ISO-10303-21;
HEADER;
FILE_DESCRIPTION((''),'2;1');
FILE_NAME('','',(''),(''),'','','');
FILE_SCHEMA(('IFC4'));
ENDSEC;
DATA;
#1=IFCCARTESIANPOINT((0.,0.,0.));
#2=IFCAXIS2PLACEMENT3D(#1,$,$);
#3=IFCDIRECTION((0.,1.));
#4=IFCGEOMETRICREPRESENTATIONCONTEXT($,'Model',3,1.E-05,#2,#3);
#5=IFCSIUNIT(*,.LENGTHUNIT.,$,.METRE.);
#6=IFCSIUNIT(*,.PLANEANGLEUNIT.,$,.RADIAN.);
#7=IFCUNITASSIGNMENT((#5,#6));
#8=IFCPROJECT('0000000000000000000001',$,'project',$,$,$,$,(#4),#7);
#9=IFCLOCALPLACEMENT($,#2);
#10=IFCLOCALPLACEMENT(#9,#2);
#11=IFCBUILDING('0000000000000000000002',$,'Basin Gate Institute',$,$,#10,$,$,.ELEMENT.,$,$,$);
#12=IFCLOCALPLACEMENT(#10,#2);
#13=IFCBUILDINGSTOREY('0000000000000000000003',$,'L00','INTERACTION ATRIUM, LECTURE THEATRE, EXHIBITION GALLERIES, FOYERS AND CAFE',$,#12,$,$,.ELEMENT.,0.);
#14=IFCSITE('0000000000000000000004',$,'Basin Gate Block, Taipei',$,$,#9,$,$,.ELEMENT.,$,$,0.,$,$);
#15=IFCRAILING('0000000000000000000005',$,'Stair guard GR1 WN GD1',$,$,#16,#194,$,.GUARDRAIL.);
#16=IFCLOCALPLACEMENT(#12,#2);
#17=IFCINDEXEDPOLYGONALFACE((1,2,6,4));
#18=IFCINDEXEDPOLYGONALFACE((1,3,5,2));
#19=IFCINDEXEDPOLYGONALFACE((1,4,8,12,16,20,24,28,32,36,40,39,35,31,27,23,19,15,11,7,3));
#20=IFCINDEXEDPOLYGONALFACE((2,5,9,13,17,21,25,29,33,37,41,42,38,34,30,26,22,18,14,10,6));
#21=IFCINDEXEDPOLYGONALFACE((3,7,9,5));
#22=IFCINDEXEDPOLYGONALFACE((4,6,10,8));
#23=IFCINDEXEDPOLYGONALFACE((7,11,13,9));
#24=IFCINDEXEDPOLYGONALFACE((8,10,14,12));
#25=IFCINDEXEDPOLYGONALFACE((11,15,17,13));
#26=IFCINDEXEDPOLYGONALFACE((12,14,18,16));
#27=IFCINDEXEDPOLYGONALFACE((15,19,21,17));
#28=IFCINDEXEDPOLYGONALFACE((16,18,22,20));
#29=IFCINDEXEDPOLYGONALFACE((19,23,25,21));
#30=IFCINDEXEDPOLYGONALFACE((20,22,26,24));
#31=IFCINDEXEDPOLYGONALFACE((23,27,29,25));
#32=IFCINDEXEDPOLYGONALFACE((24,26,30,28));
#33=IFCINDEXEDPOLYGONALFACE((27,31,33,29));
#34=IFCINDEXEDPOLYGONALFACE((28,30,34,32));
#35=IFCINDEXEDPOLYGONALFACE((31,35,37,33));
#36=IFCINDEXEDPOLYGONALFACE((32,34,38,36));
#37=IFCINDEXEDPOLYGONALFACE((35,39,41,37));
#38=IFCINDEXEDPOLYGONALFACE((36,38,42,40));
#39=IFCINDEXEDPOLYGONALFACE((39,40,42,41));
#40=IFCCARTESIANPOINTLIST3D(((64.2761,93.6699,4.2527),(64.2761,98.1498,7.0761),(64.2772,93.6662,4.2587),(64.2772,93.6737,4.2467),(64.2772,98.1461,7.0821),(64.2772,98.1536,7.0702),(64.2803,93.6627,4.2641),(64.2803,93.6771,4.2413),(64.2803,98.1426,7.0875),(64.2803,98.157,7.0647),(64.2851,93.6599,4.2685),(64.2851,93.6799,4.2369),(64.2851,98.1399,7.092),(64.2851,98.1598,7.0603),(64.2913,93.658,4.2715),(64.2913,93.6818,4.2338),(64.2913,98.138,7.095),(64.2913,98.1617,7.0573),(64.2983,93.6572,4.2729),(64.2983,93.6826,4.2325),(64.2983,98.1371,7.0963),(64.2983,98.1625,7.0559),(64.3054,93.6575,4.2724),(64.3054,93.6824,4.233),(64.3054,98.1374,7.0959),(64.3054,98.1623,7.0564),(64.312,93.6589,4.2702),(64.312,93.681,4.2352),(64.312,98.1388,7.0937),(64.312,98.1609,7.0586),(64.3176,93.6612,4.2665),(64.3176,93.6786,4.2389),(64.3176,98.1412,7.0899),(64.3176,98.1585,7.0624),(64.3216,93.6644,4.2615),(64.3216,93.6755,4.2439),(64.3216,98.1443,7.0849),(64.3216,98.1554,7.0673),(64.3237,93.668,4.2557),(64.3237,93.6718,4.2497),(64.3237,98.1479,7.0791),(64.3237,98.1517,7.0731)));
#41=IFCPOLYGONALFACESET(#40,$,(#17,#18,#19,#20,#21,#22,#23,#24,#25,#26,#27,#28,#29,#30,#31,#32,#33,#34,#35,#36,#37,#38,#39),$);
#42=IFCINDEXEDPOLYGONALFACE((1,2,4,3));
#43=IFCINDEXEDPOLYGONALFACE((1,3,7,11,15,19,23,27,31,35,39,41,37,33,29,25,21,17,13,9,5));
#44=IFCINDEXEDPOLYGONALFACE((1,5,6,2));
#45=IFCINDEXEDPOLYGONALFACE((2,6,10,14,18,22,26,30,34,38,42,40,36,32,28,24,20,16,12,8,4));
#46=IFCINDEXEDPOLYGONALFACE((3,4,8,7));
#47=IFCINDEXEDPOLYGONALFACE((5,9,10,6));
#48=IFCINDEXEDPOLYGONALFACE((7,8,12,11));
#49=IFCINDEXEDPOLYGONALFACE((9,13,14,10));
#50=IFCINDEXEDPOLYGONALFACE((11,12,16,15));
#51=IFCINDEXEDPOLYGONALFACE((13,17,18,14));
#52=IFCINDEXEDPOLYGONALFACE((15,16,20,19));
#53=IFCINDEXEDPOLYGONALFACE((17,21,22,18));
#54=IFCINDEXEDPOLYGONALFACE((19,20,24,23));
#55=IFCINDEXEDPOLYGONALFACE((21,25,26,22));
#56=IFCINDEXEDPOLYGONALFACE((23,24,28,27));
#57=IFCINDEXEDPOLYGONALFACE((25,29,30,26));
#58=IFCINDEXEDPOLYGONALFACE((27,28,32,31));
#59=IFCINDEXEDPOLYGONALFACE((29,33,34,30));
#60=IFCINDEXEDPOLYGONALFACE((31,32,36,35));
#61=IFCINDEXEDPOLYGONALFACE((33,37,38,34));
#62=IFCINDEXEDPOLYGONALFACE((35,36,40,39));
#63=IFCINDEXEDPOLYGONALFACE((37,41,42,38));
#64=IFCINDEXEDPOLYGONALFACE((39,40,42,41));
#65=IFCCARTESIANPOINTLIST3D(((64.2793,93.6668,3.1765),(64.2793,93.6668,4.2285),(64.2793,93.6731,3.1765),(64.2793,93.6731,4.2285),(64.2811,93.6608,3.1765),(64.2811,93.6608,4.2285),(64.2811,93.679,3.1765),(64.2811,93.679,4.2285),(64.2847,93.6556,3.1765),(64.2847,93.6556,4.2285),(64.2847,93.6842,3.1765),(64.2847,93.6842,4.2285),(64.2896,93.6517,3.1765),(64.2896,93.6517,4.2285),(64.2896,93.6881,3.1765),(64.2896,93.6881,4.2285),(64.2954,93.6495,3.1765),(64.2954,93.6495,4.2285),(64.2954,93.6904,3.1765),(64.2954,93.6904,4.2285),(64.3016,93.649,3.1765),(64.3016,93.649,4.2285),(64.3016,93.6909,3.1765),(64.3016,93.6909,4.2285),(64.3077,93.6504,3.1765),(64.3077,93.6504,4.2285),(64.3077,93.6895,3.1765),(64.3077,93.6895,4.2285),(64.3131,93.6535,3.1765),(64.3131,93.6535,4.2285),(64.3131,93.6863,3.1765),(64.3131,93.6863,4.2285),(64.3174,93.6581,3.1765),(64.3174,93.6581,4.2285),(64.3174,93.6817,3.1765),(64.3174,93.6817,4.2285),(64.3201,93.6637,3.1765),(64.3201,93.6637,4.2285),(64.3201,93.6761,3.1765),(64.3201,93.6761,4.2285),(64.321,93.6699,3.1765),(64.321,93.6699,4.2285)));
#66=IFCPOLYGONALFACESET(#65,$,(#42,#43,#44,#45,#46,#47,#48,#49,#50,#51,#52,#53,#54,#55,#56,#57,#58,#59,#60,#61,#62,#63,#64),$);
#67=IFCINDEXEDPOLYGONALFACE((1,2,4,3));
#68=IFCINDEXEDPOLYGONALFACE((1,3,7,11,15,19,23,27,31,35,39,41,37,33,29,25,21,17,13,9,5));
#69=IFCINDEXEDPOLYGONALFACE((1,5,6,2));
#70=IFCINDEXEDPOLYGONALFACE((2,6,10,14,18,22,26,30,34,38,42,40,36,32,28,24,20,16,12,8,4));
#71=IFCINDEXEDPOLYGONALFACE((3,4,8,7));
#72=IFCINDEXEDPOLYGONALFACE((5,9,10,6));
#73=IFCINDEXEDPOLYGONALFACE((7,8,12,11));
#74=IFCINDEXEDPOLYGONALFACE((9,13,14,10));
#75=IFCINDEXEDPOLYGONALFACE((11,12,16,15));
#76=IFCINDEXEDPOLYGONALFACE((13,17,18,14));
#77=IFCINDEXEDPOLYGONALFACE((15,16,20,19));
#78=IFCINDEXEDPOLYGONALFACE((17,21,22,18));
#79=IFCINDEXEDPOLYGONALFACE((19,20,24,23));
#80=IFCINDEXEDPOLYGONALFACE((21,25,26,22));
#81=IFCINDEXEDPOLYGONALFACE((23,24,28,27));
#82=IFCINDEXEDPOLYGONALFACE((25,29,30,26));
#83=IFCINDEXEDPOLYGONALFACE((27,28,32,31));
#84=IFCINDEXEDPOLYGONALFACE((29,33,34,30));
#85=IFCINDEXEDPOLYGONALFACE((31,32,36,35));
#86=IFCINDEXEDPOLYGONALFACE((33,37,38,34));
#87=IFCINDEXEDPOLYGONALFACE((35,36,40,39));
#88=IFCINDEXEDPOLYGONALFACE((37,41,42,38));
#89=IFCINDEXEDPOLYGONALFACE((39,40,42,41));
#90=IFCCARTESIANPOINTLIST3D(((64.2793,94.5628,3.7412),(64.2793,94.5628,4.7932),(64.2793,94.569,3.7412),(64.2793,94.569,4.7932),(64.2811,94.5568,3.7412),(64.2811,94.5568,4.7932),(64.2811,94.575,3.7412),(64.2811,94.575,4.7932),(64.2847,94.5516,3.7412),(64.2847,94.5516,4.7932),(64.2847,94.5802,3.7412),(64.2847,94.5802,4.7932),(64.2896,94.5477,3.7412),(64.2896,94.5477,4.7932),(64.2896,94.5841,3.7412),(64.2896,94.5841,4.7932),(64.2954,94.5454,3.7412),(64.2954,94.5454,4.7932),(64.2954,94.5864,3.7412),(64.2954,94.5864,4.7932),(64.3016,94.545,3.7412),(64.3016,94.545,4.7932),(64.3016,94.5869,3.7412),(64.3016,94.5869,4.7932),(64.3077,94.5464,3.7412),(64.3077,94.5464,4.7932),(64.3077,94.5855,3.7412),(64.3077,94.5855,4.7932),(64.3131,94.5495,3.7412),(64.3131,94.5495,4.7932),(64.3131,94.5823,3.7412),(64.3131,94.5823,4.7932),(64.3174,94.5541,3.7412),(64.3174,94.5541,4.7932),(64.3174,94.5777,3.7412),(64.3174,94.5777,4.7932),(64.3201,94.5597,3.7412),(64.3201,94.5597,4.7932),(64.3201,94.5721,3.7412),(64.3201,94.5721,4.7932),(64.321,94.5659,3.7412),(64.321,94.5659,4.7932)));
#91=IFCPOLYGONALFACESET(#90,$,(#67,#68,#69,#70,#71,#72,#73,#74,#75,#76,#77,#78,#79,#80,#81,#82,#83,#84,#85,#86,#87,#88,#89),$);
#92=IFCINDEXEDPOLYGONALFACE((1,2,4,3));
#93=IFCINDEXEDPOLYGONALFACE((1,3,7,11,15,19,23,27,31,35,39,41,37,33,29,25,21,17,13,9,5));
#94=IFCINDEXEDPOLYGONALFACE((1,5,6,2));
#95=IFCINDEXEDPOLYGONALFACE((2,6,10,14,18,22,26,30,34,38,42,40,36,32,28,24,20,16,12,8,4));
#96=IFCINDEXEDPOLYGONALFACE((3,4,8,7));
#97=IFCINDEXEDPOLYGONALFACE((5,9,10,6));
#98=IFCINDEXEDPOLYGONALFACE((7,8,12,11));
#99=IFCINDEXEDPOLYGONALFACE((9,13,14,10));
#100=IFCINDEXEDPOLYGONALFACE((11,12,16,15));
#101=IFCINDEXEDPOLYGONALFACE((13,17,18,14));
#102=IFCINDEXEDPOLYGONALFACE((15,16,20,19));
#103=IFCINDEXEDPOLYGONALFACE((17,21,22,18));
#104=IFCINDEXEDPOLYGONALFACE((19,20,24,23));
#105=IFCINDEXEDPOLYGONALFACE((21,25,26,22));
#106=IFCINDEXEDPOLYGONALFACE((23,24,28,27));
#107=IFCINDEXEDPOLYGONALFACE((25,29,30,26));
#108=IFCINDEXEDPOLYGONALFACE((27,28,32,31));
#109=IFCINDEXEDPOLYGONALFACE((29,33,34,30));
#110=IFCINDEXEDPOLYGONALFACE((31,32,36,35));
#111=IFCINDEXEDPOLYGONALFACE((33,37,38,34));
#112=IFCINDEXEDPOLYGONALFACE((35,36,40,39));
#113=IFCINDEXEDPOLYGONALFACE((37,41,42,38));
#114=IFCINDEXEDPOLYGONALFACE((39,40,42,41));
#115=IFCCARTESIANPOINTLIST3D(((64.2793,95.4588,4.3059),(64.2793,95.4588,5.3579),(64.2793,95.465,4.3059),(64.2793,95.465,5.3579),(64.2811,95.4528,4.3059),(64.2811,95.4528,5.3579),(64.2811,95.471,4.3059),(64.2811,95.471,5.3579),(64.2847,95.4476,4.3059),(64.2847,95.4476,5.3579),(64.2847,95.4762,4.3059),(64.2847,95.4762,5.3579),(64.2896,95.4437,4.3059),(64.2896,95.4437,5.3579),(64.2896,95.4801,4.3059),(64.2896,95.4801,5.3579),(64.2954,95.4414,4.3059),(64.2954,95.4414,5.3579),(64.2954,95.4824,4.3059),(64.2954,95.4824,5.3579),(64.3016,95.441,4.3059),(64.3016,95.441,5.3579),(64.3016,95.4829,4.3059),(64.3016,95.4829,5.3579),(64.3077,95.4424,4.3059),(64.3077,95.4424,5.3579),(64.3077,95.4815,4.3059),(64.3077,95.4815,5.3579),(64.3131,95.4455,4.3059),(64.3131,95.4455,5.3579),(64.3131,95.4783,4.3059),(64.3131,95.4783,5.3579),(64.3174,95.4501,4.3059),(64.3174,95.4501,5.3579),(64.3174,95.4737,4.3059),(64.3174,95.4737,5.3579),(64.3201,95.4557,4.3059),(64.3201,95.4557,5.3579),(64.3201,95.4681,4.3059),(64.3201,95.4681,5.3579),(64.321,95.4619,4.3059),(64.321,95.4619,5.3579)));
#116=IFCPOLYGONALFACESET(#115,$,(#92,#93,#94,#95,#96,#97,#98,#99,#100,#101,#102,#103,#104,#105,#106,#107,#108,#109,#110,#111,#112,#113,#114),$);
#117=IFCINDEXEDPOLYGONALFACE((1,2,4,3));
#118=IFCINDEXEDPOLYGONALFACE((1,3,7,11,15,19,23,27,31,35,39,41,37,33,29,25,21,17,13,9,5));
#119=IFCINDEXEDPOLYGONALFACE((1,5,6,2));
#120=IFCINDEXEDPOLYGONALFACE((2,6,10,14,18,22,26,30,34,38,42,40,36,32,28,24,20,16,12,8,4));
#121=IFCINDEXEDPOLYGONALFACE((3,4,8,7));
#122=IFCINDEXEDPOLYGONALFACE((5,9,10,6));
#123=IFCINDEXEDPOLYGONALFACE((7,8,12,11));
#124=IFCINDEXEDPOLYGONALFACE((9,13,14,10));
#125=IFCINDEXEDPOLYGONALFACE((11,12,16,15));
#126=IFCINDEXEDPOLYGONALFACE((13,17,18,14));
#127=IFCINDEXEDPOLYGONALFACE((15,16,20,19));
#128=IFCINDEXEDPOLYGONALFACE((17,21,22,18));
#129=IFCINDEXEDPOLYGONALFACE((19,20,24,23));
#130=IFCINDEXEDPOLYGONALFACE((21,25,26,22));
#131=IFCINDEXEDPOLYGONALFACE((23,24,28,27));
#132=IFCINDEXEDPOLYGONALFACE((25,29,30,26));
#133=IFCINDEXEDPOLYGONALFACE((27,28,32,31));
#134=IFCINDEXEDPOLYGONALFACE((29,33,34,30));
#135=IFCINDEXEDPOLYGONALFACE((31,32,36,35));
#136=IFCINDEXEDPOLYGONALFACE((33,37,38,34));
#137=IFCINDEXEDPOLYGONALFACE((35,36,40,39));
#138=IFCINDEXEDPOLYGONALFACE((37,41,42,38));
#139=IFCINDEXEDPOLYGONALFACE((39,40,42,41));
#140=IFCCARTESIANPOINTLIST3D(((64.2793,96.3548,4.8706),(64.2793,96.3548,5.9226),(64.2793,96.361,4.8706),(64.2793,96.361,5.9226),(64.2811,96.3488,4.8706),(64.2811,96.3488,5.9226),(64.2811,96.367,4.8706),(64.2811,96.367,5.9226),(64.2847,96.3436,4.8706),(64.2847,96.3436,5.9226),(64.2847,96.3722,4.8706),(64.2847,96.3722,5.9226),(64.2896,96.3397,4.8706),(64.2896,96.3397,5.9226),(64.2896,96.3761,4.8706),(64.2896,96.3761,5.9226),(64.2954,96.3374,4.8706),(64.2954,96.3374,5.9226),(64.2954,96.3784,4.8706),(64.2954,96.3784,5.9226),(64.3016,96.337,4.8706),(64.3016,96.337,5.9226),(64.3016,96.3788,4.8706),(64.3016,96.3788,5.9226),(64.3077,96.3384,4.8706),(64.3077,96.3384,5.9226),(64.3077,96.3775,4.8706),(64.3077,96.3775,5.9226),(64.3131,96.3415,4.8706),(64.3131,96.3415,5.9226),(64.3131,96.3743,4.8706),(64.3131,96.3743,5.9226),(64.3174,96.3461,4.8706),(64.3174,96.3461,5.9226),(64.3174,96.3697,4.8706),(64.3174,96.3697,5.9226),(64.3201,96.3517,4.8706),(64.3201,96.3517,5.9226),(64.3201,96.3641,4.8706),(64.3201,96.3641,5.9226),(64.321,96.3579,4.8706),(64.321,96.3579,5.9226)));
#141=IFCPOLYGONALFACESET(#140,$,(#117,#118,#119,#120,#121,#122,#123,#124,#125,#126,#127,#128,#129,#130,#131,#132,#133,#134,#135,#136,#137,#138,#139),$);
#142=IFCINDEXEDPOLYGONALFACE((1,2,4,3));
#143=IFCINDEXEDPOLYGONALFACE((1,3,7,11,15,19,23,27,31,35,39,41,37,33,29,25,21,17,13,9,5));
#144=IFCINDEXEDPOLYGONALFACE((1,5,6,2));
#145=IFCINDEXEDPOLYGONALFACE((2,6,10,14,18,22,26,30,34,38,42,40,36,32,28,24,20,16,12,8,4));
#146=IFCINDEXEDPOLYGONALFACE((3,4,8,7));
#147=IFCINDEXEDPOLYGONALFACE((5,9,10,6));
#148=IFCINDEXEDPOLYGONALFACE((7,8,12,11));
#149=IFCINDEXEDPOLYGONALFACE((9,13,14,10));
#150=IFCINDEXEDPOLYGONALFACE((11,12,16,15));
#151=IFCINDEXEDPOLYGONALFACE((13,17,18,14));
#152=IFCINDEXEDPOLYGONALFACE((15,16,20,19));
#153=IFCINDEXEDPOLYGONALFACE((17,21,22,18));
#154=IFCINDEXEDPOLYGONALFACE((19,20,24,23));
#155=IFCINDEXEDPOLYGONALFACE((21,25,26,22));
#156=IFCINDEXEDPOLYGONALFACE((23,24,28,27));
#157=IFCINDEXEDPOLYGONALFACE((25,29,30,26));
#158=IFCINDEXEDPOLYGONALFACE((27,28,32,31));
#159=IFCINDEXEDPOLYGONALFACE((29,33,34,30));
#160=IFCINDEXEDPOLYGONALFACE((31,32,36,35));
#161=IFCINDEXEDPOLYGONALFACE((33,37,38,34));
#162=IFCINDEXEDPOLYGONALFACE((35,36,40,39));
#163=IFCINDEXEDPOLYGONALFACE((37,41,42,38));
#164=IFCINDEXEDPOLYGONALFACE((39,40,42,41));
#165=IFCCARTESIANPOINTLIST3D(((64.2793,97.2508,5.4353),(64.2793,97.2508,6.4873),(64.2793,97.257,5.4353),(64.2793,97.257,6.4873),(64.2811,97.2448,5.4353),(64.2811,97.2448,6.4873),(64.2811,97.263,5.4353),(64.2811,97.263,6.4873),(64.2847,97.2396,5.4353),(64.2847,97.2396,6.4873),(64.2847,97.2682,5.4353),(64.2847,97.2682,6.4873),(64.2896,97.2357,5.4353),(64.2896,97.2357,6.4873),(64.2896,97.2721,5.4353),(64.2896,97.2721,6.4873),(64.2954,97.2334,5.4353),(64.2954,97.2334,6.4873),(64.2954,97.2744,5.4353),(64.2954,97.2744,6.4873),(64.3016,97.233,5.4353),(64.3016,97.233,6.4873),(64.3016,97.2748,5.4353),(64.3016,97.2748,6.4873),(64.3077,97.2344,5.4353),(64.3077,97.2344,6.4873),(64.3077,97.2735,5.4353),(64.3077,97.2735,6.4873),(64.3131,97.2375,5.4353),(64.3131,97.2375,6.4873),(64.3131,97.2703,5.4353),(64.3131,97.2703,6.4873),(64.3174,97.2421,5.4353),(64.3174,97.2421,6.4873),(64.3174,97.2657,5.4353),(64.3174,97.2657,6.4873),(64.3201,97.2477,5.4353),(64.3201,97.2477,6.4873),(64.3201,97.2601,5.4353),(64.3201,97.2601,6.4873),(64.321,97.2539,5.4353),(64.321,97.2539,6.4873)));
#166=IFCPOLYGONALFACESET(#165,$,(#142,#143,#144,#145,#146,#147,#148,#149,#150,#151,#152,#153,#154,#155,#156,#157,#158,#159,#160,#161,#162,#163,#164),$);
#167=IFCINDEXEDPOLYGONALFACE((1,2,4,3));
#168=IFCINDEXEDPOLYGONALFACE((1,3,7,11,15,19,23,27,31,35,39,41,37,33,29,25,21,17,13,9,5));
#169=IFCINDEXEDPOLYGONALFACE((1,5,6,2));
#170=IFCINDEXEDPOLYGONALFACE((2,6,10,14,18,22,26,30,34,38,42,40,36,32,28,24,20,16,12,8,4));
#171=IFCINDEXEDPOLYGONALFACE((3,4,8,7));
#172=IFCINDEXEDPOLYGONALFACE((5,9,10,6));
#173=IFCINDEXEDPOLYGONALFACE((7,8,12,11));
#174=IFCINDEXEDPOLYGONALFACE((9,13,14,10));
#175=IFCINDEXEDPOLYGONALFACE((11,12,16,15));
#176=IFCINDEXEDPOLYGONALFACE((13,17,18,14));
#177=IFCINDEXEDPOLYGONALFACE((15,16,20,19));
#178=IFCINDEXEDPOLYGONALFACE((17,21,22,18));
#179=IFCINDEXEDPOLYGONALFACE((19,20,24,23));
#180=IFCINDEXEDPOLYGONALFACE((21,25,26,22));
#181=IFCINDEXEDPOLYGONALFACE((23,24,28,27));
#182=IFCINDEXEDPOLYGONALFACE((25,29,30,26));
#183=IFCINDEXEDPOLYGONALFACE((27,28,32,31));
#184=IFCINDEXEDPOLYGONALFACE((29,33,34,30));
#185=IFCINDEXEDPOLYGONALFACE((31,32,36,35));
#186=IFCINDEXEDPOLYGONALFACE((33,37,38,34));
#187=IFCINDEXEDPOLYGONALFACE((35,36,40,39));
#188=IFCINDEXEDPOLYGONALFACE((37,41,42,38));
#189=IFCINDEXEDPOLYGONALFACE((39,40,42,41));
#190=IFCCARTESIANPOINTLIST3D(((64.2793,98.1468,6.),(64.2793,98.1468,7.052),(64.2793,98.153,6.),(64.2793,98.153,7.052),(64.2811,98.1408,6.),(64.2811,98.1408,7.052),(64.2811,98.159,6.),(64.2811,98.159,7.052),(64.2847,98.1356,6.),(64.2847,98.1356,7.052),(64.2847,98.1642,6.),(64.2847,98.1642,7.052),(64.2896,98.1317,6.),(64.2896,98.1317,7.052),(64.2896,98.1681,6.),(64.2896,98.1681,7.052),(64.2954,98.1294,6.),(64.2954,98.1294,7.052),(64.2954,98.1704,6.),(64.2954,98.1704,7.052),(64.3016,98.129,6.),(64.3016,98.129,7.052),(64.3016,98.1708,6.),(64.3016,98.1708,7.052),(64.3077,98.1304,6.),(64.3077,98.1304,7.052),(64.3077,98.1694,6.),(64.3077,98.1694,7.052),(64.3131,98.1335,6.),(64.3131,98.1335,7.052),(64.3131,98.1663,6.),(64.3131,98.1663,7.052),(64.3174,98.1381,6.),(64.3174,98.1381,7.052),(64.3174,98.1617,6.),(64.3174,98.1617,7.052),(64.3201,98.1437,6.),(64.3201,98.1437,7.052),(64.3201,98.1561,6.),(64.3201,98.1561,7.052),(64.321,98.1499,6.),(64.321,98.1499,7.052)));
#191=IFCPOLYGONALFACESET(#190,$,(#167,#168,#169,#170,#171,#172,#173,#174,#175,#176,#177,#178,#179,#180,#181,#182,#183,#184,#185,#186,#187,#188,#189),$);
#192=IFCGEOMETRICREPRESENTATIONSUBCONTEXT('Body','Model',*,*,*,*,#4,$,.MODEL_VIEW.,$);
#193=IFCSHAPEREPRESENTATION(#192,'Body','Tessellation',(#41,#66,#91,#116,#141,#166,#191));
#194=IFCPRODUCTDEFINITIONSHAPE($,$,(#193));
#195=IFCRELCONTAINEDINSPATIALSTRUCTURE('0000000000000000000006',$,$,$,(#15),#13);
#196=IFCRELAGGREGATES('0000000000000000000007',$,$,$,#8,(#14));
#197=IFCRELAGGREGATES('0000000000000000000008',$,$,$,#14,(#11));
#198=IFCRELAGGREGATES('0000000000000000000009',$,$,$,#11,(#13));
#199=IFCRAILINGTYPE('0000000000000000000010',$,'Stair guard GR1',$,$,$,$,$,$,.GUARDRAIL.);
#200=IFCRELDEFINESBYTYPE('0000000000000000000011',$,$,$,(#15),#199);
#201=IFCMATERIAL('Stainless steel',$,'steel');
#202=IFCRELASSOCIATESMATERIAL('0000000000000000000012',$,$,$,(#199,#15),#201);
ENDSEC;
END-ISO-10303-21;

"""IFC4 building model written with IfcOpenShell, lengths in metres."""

from ifc_helpers import new_model, si_unit, direction, frame, origin, origin_2d, place, context, subcontext, project, spatial, circle, extrude, material, type_object, element, save


model = new_model("IFC4")

# Units and contexts
model_context = context("Model", 3, precision=1e-05, world=origin(), true_north=direction((0.0, 1.0)))
body_context = subcontext(model_context, "Body", "Model", "MODEL_VIEW")
ifc_project = project(units=[si_unit("LENGTHUNIT", "METRE"), si_unit("PLANEANGLEUNIT", "RADIAN")], contexts=[model_context])

# Site, building, storey
site_placement = place(None, origin())
site = spatial("IfcSite", under=ifc_project, at=site_placement, Name="Basin Gate Block, Taipei", CompositionType="ELEMENT", RefElevation=0.0)
building_placement = place(site_placement, origin())
building = spatial("IfcBuilding", under=site, at=building_placement, Name="Basin Gate Institute", CompositionType="ELEMENT")
storey_placement = place(building_placement, origin())
storey = spatial("IfcBuildingStorey", under=building, at=storey_placement, Name="L00", Description="INTERACTION ATRIUM, LECTURE THEATRE, EXHIBITION GALLERIES, FOYERS AND CAFE", CompositionType="ELEMENT", Elevation=0.0)

# Railing
ifc_material_1 = material(Name="Stainless steel", Category="steel")
railing_type_1 = type_object("IfcRailingType", Name="Stair guard GR1", PredefinedType="GUARDRAIL", material=ifc_material_1)
railing_1_placement = place(storey_placement, frame((64.3, 93.6699, 3.1765)))
element("IfcRailing", 1, at=railing_1_placement, inside=storey, type_object=railing_type_1, material=ifc_material_1, Name="Stair guard GR1 WN GD1", PredefinedType="GUARDRAIL", context=body_context, shape_type="SweptSolid", body=[
    extrude(circle(Radius=0.0239, at=origin_2d()), frame((0.0, 0.0, 1.0762), z_axis=(0.0, 0.845998, 0.533186), x_axis=(-1.0, 0.0, 0.0)), (0.0, 0.0, 1.0), 5.2954),
    extrude(circle(Radius=0.021, at=origin_2d()), origin(), (0.0, 0.0, 1.0), 1.052),
    extrude(circle(Radius=0.021, at=origin_2d()), frame((0.0, 0.896, 0.5647)), (0.0, 0.0, 1.0), 1.052),
    extrude(circle(Radius=0.021, at=origin_2d()), frame((0.0, 1.792, 1.1294)), (0.0, 0.0, 1.0), 1.052),
    extrude(circle(Radius=0.021, at=origin_2d()), frame((0.0, 2.688, 1.6941)), (0.0, 0.0, 1.0), 1.052),
    extrude(circle(Radius=0.021, at=origin_2d()), frame((0.0, 3.584, 2.2588)), (0.0, 0.0, 1.0), 1.052),
    extrude(circle(Radius=0.021, at=origin_2d()), frame((0.0, 4.48, 2.8235)), (0.0, 0.0, 1.0), 1.052),
])

save(model, "model.ifc")
